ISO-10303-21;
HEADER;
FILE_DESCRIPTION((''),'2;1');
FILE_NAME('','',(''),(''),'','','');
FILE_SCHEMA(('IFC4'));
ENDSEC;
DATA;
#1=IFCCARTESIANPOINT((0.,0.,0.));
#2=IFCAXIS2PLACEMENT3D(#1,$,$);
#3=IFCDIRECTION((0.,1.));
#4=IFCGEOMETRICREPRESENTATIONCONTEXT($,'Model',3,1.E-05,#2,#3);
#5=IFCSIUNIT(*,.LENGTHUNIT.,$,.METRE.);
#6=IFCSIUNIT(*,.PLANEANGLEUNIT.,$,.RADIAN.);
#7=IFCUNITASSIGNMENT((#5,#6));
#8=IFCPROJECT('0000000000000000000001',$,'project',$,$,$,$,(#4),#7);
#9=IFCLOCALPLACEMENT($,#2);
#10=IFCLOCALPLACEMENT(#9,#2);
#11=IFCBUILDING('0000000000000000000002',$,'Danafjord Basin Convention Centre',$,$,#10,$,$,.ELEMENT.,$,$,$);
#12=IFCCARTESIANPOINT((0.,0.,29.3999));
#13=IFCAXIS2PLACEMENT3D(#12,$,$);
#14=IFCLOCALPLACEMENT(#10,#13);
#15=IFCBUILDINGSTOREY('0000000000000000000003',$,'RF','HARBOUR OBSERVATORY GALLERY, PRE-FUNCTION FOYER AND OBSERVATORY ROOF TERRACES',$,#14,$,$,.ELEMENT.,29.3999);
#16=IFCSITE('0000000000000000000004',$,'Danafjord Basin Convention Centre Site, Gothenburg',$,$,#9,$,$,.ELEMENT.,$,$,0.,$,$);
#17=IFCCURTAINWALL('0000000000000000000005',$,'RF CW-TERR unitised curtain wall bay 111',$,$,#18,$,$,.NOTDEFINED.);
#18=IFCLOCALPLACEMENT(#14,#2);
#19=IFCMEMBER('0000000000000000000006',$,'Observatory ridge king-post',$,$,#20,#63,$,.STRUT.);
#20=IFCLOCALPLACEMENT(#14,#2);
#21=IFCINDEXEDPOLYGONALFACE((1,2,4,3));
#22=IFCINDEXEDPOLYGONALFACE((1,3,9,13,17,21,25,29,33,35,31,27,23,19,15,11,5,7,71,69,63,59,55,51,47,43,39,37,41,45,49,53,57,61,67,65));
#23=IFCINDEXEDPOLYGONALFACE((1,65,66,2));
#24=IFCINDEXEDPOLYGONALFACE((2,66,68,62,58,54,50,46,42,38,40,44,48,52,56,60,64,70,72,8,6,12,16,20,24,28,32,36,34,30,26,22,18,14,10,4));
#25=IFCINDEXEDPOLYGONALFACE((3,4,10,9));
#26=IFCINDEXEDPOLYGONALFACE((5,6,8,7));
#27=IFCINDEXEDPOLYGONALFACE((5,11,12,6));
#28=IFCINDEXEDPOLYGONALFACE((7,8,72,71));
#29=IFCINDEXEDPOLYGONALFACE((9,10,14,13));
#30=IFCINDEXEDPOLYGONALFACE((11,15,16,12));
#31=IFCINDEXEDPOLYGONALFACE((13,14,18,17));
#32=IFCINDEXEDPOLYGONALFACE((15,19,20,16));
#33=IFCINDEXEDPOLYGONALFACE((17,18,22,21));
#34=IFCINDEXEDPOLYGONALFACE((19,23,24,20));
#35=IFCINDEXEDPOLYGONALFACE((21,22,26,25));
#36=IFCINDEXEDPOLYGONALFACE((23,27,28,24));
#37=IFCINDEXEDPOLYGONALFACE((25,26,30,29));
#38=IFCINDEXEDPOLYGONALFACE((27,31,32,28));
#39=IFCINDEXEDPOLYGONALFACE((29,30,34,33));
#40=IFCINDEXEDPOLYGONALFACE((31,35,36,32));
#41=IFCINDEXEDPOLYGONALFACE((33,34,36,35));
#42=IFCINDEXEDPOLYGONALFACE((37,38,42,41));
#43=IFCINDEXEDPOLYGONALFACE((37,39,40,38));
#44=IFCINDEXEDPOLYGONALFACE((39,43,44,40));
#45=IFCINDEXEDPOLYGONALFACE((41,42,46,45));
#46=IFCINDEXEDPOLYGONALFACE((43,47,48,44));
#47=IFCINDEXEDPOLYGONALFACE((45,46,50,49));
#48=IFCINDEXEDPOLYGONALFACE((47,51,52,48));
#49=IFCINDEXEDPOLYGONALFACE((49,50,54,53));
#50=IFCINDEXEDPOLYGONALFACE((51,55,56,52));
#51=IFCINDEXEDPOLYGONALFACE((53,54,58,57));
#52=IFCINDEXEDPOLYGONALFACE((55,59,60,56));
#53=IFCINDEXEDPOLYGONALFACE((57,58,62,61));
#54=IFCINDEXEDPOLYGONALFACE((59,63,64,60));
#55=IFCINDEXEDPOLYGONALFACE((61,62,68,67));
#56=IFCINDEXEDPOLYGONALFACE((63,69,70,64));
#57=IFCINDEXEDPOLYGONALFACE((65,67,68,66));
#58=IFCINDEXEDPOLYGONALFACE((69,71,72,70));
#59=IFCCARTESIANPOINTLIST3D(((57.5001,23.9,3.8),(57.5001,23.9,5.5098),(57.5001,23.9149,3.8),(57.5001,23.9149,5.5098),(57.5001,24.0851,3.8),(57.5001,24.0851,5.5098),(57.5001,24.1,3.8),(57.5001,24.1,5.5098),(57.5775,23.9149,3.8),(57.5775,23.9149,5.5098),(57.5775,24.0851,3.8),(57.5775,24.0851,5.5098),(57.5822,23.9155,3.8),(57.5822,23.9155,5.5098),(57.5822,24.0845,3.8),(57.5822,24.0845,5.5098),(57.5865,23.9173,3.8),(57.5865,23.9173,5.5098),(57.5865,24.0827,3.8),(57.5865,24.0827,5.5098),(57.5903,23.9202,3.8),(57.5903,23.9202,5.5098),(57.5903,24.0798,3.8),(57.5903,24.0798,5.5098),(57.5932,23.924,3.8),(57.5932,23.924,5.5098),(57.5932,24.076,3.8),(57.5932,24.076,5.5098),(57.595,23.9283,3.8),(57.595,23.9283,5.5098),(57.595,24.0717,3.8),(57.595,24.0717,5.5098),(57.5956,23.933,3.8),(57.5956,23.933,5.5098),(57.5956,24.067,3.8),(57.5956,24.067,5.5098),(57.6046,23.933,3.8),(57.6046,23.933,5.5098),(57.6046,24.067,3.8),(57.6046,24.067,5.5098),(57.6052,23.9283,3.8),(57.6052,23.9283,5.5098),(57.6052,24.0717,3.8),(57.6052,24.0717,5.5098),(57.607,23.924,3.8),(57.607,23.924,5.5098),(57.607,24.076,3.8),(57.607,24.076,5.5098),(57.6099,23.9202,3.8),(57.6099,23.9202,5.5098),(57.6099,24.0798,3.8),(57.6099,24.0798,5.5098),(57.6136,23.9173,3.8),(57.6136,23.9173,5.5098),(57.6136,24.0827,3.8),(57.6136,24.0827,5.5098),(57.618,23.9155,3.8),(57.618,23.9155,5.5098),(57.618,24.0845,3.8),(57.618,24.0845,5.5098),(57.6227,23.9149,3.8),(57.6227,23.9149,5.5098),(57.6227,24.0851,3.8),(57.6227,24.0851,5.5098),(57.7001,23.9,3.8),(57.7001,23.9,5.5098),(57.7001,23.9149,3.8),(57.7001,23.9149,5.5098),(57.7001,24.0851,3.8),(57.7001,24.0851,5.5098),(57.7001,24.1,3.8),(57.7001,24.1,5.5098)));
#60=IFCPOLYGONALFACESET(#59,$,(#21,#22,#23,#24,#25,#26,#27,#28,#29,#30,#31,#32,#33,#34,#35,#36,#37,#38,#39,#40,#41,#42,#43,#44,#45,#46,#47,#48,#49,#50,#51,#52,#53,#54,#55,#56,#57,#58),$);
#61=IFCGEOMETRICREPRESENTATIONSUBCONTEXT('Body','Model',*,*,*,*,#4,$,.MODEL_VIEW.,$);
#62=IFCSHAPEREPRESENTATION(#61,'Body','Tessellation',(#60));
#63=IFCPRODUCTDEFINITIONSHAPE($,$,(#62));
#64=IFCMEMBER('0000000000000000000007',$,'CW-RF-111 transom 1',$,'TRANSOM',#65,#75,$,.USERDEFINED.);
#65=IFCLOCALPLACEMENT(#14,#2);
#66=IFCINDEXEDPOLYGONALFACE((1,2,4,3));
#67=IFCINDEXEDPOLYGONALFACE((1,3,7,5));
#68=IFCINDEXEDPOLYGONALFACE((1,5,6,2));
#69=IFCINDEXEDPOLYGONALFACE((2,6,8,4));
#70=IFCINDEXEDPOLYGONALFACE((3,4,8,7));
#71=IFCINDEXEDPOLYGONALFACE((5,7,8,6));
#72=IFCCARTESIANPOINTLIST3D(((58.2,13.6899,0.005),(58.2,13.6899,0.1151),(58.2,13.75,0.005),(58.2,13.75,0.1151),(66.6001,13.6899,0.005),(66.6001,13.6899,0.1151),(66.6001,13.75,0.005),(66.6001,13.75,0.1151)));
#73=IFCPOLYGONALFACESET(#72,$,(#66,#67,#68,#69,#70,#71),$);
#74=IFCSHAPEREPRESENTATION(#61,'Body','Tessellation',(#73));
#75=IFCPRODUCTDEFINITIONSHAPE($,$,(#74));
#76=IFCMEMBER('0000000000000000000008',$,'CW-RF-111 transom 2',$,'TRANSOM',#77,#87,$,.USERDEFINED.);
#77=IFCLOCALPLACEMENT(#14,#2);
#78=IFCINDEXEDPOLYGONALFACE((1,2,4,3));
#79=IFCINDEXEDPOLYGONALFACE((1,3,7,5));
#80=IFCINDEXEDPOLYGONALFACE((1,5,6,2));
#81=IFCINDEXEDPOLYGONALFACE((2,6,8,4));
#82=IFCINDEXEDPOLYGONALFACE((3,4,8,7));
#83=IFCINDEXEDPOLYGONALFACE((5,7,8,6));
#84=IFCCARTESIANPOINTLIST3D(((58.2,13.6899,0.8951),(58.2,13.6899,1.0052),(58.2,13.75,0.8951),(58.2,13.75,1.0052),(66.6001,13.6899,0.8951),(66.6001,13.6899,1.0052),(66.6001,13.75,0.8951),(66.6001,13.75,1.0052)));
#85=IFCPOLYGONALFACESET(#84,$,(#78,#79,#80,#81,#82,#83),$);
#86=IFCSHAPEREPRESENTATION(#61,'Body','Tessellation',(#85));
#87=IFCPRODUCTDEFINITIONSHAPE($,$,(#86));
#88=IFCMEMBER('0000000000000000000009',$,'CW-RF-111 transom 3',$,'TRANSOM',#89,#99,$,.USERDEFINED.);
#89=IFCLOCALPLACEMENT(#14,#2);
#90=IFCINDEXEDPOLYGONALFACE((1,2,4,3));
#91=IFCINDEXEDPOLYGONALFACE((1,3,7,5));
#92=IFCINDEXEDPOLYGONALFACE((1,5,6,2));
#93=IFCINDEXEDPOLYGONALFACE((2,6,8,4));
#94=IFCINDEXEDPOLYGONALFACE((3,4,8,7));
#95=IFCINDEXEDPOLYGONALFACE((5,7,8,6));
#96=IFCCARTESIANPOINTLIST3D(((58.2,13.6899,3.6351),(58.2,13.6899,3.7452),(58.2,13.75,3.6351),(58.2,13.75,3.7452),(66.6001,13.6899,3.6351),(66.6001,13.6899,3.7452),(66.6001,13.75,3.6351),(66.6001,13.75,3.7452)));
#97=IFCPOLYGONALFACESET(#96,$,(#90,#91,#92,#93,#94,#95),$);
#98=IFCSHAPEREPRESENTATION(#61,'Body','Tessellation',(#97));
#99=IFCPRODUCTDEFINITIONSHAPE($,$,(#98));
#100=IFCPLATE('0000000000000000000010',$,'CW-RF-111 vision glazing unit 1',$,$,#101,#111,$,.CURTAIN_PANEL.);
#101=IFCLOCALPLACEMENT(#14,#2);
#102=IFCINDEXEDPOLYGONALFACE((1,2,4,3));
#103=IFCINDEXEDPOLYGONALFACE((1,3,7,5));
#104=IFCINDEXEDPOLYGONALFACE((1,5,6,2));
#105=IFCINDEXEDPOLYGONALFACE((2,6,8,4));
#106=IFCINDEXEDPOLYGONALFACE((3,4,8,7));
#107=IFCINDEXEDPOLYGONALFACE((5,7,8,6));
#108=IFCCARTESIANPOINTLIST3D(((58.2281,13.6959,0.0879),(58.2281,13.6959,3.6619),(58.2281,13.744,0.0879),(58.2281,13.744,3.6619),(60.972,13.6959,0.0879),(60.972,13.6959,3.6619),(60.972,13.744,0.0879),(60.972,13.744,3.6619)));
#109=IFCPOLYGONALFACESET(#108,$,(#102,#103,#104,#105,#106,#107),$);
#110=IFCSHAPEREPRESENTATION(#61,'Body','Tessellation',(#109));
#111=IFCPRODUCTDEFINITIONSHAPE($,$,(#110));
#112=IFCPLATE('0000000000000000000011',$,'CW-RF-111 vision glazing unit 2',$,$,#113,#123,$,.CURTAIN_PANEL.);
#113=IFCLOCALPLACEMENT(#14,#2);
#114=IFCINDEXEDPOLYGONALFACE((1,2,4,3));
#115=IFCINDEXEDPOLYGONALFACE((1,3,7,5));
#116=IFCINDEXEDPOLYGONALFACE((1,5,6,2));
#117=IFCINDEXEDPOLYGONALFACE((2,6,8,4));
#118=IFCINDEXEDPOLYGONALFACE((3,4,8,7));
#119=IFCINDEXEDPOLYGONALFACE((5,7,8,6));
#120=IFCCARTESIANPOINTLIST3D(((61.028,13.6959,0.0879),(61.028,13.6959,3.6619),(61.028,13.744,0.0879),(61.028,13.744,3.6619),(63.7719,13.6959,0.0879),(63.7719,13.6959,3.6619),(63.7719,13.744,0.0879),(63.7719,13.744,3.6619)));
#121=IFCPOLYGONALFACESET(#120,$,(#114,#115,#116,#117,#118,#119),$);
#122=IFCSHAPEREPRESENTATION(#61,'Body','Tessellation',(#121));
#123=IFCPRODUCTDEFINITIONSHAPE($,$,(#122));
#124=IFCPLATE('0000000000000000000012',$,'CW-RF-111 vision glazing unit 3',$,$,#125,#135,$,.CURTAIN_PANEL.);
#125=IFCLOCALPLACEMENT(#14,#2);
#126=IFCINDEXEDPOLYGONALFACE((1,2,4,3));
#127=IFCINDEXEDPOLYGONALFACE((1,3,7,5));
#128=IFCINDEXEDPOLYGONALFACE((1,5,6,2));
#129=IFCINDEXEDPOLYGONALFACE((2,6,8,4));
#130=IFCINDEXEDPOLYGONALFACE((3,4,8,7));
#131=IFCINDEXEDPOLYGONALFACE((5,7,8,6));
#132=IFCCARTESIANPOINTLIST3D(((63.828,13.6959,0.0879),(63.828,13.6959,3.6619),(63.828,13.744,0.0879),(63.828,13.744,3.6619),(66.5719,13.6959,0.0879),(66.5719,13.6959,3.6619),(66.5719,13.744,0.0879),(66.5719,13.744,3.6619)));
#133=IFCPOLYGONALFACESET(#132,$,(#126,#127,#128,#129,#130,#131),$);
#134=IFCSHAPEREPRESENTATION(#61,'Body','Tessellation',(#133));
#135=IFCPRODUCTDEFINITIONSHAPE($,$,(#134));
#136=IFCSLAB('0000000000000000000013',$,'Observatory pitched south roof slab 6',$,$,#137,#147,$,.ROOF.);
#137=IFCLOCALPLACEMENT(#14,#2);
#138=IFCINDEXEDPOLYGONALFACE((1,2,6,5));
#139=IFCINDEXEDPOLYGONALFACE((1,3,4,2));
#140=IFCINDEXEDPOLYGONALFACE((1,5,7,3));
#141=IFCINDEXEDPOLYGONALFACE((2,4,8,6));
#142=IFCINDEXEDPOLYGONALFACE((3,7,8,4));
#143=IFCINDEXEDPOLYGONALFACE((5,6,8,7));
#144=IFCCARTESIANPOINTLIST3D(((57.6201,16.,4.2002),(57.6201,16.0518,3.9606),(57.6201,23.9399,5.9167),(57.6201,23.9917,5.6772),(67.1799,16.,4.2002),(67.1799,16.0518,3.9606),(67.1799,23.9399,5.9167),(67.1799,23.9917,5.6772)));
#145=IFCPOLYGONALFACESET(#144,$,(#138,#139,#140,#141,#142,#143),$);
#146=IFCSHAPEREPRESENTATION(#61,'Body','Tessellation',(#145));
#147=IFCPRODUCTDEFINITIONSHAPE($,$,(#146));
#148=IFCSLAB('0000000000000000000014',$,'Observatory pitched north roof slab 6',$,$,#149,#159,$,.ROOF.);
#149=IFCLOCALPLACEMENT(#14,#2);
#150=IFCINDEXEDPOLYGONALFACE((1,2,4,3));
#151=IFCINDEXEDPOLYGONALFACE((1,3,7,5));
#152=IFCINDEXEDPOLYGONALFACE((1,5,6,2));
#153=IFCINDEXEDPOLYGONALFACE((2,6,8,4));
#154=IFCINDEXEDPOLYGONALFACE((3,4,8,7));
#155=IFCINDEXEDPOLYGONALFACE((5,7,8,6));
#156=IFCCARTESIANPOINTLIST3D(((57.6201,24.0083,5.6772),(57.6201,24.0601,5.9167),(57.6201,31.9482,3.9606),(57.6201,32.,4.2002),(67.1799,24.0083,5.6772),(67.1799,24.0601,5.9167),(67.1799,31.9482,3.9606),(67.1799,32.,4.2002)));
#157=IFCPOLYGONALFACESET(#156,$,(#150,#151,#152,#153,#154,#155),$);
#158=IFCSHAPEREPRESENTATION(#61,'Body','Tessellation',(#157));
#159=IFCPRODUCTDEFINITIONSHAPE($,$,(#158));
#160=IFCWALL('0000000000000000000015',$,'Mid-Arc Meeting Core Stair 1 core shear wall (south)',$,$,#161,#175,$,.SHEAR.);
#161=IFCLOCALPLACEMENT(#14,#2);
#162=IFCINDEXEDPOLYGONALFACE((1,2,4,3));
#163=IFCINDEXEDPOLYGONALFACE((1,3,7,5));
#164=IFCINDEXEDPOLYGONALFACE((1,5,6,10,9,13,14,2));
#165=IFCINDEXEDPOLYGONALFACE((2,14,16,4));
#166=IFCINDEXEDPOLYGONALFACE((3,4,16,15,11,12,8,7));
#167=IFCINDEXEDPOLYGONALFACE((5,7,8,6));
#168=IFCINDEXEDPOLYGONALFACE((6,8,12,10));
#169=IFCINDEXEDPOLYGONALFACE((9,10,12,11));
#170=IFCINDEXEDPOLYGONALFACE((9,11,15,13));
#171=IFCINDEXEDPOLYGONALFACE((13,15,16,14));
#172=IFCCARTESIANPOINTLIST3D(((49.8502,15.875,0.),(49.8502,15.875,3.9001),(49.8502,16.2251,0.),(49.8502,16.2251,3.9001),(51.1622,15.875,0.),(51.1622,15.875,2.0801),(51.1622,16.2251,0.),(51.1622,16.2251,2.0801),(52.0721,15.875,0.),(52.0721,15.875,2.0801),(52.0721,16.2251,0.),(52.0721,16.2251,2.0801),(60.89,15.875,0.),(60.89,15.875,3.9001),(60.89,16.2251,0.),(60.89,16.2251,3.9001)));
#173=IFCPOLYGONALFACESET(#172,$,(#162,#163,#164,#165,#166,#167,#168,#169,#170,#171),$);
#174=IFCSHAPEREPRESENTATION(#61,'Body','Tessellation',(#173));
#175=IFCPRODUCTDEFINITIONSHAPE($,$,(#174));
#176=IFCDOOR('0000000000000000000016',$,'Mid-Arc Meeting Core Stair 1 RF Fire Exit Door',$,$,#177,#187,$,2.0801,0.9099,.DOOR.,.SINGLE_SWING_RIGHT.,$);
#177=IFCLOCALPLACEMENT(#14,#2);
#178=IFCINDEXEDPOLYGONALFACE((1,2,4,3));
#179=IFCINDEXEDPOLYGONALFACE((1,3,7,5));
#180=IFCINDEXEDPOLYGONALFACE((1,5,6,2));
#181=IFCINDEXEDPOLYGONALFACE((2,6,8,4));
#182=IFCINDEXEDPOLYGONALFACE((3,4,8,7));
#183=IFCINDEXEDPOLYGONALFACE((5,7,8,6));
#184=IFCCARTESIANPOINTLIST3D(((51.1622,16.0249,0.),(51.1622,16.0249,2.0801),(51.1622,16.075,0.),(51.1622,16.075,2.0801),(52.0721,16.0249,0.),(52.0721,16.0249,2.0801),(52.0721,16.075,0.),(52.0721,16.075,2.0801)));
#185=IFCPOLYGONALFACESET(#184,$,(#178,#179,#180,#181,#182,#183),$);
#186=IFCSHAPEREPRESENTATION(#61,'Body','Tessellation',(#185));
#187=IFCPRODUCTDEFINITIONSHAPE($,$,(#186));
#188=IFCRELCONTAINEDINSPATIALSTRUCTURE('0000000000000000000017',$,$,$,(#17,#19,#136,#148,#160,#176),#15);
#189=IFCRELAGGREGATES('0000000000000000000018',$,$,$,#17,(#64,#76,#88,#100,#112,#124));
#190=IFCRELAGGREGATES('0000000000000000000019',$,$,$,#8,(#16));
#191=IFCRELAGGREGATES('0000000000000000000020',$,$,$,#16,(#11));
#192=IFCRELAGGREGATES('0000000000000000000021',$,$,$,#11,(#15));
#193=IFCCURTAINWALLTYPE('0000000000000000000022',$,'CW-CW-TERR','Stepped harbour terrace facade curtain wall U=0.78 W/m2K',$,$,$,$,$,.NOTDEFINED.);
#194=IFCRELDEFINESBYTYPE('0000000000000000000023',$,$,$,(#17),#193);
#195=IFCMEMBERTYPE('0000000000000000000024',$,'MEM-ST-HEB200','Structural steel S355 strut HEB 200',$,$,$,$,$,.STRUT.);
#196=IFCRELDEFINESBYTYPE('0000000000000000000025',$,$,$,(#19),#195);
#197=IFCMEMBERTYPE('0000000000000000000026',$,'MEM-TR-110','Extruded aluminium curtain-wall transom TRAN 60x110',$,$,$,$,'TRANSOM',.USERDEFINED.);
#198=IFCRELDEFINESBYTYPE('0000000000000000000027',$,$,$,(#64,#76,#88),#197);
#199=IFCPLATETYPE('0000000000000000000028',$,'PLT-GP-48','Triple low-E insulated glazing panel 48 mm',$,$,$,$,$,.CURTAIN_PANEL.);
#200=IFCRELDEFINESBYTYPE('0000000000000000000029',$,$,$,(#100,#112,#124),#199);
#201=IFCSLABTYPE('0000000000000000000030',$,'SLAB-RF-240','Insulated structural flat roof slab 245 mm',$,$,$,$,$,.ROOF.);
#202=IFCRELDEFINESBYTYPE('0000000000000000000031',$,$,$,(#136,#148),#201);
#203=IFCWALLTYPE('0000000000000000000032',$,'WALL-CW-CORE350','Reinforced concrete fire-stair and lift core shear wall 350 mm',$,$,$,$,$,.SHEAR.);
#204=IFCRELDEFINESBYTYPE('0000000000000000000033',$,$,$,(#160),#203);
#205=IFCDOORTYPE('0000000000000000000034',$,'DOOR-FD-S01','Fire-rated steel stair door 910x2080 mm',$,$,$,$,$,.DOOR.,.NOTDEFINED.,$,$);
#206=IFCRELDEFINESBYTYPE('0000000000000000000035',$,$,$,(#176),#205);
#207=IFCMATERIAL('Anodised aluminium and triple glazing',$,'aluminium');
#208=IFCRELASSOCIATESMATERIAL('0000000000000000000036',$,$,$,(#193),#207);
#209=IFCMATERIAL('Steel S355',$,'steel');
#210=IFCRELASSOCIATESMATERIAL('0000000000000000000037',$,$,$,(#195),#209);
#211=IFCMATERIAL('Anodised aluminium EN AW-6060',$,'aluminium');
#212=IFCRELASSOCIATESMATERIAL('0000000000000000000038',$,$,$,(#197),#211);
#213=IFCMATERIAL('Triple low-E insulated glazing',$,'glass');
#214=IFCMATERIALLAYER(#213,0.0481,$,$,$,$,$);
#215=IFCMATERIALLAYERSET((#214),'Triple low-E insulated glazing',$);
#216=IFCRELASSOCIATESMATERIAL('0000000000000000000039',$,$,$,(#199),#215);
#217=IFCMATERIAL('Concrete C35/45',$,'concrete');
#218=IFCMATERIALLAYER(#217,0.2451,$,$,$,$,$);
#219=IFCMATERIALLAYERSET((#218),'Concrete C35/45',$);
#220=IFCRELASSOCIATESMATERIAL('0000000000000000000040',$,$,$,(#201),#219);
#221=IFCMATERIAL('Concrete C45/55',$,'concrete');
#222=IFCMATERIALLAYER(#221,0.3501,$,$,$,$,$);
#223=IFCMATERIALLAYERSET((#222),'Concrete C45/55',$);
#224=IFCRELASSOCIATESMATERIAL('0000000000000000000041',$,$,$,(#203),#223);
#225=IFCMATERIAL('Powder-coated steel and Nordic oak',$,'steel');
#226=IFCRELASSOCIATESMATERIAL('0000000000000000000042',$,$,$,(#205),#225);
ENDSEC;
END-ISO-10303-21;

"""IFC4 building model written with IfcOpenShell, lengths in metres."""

from ifc_helpers import new_model, si_unit, direction, frame, frame_2d, origin, origin_2d, place, context, subcontext, project, spatial, polyline, rectangle, i_section, outline, extrude, material, layer, layer_set, material_profile, profile_set, type_object, element, fill, aggregate, save


model = new_model("IFC4")

# Units and contexts
model_context = context("Model", 3, precision=1e-05, world=origin(), true_north=direction((0.0, 1.0)))
body_context = subcontext(model_context, "Body", "Model", "MODEL_VIEW")
ifc_project = project(units=[si_unit("LENGTHUNIT", "METRE"), si_unit("PLANEANGLEUNIT", "RADIAN")], contexts=[model_context])

# Site, building, storey
site_placement = place(None, origin())
site = spatial("IfcSite", under=ifc_project, at=site_placement, Name="Danafjord Basin Convention Centre Site, Gothenburg", CompositionType="ELEMENT", RefElevation=0.0)
building_placement = place(site_placement, origin())
building = spatial("IfcBuilding", under=site, at=building_placement, Name="Danafjord Basin Convention Centre", CompositionType="ELEMENT")
storey_placement = place(building_placement, frame((0.0, 0.0, 29.3999)))
storey = spatial("IfcBuildingStorey", under=building, at=storey_placement, Name="RF", Description="HARBOUR OBSERVATORY GALLERY, PRE-FUNCTION FOYER AND OBSERVATORY ROOF TERRACES", CompositionType="ELEMENT", Elevation=29.3999)

# Shared definitions
ifc_material_1 = material(Name="Steel S355", Category="steel")

# Curtain wall
ifc_material_2 = material(Name="Anodised aluminium and triple glazing", Category="aluminium")
curtain_wall_type = type_object("IfcCurtainWallType", Name="CW-CW-TERR", Description="Stepped harbour terrace facade curtain wall U=0.78 W/m2K", PredefinedType="NOTDEFINED", material=ifc_material_2)
curtain_wall_placement = place(storey_placement, origin())
curtain_wall = element("IfcCurtainWall", 1, at=curtain_wall_placement, inside=storey, type_object=curtain_wall_type, Name="RF CW-TERR unitised curtain wall bay 111", PredefinedType="NOTDEFINED")
ifc_material_3 = material(Name="Anodised aluminium EN AW-6060", Category="aluminium")

# Member
ifc_material_profile_1 = material_profile(ifc_material_1, i_section(OverallWidth=0.2, OverallDepth=0.2, WebThickness=0.009, FlangeThickness=0.0149, FilletRadius=0.0181, at=origin_2d()), Name="HEB 200")
ifc_profile_set_1 = profile_set([ifc_material_profile_1], Name="Steel S355")
member_type_1 = type_object("IfcMemberType", Name="MEM-ST-HEB200", Description="Structural steel S355 strut HEB 200", PredefinedType="STRUT", material=ifc_profile_set_1)
member_1_placement = place(storey_placement, frame((57.6001, 24.0, 3.8), z_axis=(0.0, 0.0, 1.0), x_axis=(1.0, 0.0, 0.0)))
element("IfcMember", 2, at=member_1_placement, inside=storey, type_object=member_type_1, Name="Observatory ridge king-post", PredefinedType="STRUT", context=body_context, shape_type="SweptSolid", body=[
    extrude(i_section(OverallWidth=0.2, OverallDepth=0.2, WebThickness=0.009, FlangeThickness=0.0149, FilletRadius=0.0181, at=origin_2d()), origin(), (0.0, 0.0, 1.0), 1.7097),
])

# Members
ifc_material_profile_2 = material_profile(ifc_material_3, rectangle(XDim=0.0601, YDim=0.1101, at=origin_2d()), Name="TRAN 60x110")
ifc_profile_set_2 = profile_set([ifc_material_profile_2], Name="Anodised aluminium EN AW-6060")
member_type_2 = type_object("IfcMemberType", Name="MEM-TR-110", Description="Extruded aluminium curtain-wall transom TRAN 60x110", ElementType="TRANSOM", PredefinedType="USERDEFINED", material=ifc_profile_set_2)
member_2_placement = place(storey_placement, frame((58.2, 13.72, 0.0601), z_axis=(1.0, 0.0, 0.0), x_axis=(0.0, 1.0, 0.0)))
member_2 = element("IfcMember", 3, at=member_2_placement, type_object=member_type_2, Name="CW-RF-111 transom 1", ObjectType="TRANSOM", PredefinedType="USERDEFINED", context=body_context, shape_type="SweptSolid", body=[
    extrude(rectangle(XDim=0.0601, YDim=0.1101, at=origin_2d()), origin(), (0.0, 0.0, 1.0), 8.4001),
])
member_3_placement = place(storey_placement, frame((58.2, 13.72, 0.9502), z_axis=(1.0, 0.0, 0.0), x_axis=(0.0, 1.0, 0.0)))
member_3 = element("IfcMember", 4, at=member_3_placement, type_object=member_type_2, Name="CW-RF-111 transom 2", ObjectType="TRANSOM", PredefinedType="USERDEFINED", context=body_context, shape_type="SweptSolid", body=[
    extrude(rectangle(XDim=0.0601, YDim=0.1101, at=origin_2d()), origin(), (0.0, 0.0, 1.0), 8.4001),
])
member_4_placement = place(storey_placement, frame((58.2, 13.72, 3.6902), z_axis=(1.0, 0.0, 0.0), x_axis=(0.0, 1.0, 0.0)))
member_4 = element("IfcMember", 5, at=member_4_placement, type_object=member_type_2, Name="CW-RF-111 transom 3", ObjectType="TRANSOM", PredefinedType="USERDEFINED", context=body_context, shape_type="SweptSolid", body=[
    extrude(rectangle(XDim=0.0601, YDim=0.1101, at=origin_2d()), origin(), (0.0, 0.0, 1.0), 8.4001),
])

# Plates
ifc_material_4 = material(Name="Triple low-E insulated glazing", Category="glass")
ifc_layer_1 = layer(ifc_material_4, 0.0481)
ifc_layer_set_1 = layer_set([ifc_layer_1], Name="Triple low-E insulated glazing")
plate_type = type_object("IfcPlateType", Name="PLT-GP-48", Description="Triple low-E insulated glazing panel 48 mm", PredefinedType="CURTAIN_PANEL", material=ifc_layer_set_1)
plate_1_placement = place(storey_placement, frame((59.6001, 13.72, 0.0879), z_axis=(0.0, 0.0, 1.0), x_axis=(1.0, 0.0, 0.0)))
plate_1 = element("IfcPlate", 6, at=plate_1_placement, type_object=plate_type, Name="CW-RF-111 vision glazing unit 1", PredefinedType="CURTAIN_PANEL", context=body_context, shape_type="SweptSolid", body=[
    extrude(rectangle(XDim=2.7439, YDim=0.0481, at=origin_2d()), origin(), (0.0, 0.0, 1.0), 3.574),
])
plate_2_placement = place(storey_placement, frame((62.3999, 13.72, 0.0879), z_axis=(0.0, 0.0, 1.0), x_axis=(1.0, 0.0, 0.0)))
plate_2 = element("IfcPlate", 7, at=plate_2_placement, type_object=plate_type, Name="CW-RF-111 vision glazing unit 2", PredefinedType="CURTAIN_PANEL", context=body_context, shape_type="SweptSolid", body=[
    extrude(rectangle(XDim=2.7439, YDim=0.0481, at=origin_2d()), origin(), (0.0, 0.0, 1.0), 3.574),
])
plate_3_placement = place(storey_placement, frame((65.2, 13.72, 0.0879), z_axis=(0.0, 0.0, 1.0), x_axis=(1.0, 0.0, 0.0)))
plate_3 = element("IfcPlate", 8, at=plate_3_placement, type_object=plate_type, Name="CW-RF-111 vision glazing unit 3", PredefinedType="CURTAIN_PANEL", context=body_context, shape_type="SweptSolid", body=[
    extrude(rectangle(XDim=2.7439, YDim=0.0481, at=origin_2d()), origin(), (0.0, 0.0, 1.0), 3.574),
])
aggregate(curtain_wall, [member_2, member_3, member_4, plate_1, plate_2, plate_3])

# Slabs
ifc_material_5 = material(Name="Concrete C35/45", Category="concrete")
ifc_layer_2 = layer(ifc_material_5, 0.2451)
ifc_layer_set_2 = layer_set([ifc_layer_2], Name="Concrete C35/45")
slab_type = type_object("IfcSlabType", Name="SLAB-RF-240", Description="Insulated structural flat roof slab 245 mm", PredefinedType="ROOF", material=ifc_layer_set_2)
for number, where, z_axis, x_axis, name in (
    (9, (57.6201, 16.0, 4.2002), (0.0, -0.21131, 0.977419), (1.0, 0.0, 0.0), "Observatory pitched south roof slab 6"),
    (10, (57.6201, 24.0601, 5.9167), (0.0, 0.21131, 0.977419), (1.0, 0.0, 0.0), "Observatory pitched north roof slab 6"),
):
    element("IfcSlab", number, at=place(storey_placement, frame(where, z_axis=z_axis, x_axis=x_axis)), inside=storey, type_object=slab_type, Name=name, PredefinedType="ROOF", context=body_context, shape_type="SweptSolid", body=[
        extrude(outline(polyline([(0.0, 0.0), (9.5598, 0.0), (9.5598, 8.1234), (0.0, 8.1234), (0.0, 0.0)])), origin(), (0.0, 0.0, -1.0), 0.2451),
    ])

# Wall, opening, door
ifc_material_6 = material(Name="Concrete C45/55", Category="concrete")
ifc_layer_3 = layer(ifc_material_6, 0.3501)
ifc_layer_set_3 = layer_set([ifc_layer_3], Name="Concrete C45/55")
wall_type_1 = type_object("IfcWallType", Name="WALL-CW-CORE350", Description="Reinforced concrete fire-stair and lift core shear wall 350 mm", PredefinedType="SHEAR", material=ifc_layer_set_3)
wall_1_placement = place(storey_placement, frame((49.8501, 16.05, 0.0), z_axis=(0.0, 0.0, 1.0), x_axis=(1.0, 0.0, 0.0)))
wall_1 = element("IfcWall", 11, at=wall_1_placement, inside=storey, type_object=wall_type_1, Name="Mid-Arc Meeting Core Stair 1 core shear wall (south)", PredefinedType="SHEAR", context=body_context, shape_type="SweptSolid", body=[
    extrude(rectangle(XDim=11.0398, YDim=0.3501, at=frame_2d((5.52, 0.0))), origin(), (0.0, 0.0, 1.0), 3.9001),
])
opening_1_placement = place(wall_1_placement, frame((1.312, 0.0, 0.0)))
opening_1 = element("IfcOpeningElement", 12, at=opening_1_placement, cuts=wall_1, PredefinedType="OPENING", context=body_context, shape_type="SweptSolid", body=[
    extrude(rectangle(XDim=0.9099, YDim=2.0801, at=frame_2d((0.4551, 1.04))), frame((0.0, 0.1851, 0.0), z_axis=(0.0, -1.0, 0.0), x_axis=(1.0, 0.0, 0.0)), (0.0, 0.0, 1.0), 0.3701),
])
ifc_material_7 = material(Name="Powder-coated steel and Nordic oak", Category="steel")
door_type_1 = type_object("IfcDoorType", Name="DOOR-FD-S01", Description="Fire-rated steel stair door 910x2080 mm", OperationType="NOTDEFINED", PredefinedType="DOOR", material=ifc_material_7)
door_1_placement = place(opening_1_placement, origin())
door_1 = element("IfcDoor", 13, at=door_1_placement, inside=storey, type_object=door_type_1, Name="Mid-Arc Meeting Core Stair 1 RF Fire Exit Door", OperationType="SINGLE_SWING_RIGHT", OverallHeight=2.0801, OverallWidth=0.9099, PredefinedType="DOOR", context=body_context, shape_type="SweptSolid", body=[
    extrude(rectangle(XDim=0.9099, YDim=2.0801, at=frame_2d((0.4551, 1.04))), frame((0.0, 0.0249, 0.0), z_axis=(0.0, -1.0, 0.0), x_axis=(1.0, 0.0, 0.0)), (0.0, 0.0, 1.0), 0.05),
])
fill(opening_1, door_1)

save(model, "model.ifc")
